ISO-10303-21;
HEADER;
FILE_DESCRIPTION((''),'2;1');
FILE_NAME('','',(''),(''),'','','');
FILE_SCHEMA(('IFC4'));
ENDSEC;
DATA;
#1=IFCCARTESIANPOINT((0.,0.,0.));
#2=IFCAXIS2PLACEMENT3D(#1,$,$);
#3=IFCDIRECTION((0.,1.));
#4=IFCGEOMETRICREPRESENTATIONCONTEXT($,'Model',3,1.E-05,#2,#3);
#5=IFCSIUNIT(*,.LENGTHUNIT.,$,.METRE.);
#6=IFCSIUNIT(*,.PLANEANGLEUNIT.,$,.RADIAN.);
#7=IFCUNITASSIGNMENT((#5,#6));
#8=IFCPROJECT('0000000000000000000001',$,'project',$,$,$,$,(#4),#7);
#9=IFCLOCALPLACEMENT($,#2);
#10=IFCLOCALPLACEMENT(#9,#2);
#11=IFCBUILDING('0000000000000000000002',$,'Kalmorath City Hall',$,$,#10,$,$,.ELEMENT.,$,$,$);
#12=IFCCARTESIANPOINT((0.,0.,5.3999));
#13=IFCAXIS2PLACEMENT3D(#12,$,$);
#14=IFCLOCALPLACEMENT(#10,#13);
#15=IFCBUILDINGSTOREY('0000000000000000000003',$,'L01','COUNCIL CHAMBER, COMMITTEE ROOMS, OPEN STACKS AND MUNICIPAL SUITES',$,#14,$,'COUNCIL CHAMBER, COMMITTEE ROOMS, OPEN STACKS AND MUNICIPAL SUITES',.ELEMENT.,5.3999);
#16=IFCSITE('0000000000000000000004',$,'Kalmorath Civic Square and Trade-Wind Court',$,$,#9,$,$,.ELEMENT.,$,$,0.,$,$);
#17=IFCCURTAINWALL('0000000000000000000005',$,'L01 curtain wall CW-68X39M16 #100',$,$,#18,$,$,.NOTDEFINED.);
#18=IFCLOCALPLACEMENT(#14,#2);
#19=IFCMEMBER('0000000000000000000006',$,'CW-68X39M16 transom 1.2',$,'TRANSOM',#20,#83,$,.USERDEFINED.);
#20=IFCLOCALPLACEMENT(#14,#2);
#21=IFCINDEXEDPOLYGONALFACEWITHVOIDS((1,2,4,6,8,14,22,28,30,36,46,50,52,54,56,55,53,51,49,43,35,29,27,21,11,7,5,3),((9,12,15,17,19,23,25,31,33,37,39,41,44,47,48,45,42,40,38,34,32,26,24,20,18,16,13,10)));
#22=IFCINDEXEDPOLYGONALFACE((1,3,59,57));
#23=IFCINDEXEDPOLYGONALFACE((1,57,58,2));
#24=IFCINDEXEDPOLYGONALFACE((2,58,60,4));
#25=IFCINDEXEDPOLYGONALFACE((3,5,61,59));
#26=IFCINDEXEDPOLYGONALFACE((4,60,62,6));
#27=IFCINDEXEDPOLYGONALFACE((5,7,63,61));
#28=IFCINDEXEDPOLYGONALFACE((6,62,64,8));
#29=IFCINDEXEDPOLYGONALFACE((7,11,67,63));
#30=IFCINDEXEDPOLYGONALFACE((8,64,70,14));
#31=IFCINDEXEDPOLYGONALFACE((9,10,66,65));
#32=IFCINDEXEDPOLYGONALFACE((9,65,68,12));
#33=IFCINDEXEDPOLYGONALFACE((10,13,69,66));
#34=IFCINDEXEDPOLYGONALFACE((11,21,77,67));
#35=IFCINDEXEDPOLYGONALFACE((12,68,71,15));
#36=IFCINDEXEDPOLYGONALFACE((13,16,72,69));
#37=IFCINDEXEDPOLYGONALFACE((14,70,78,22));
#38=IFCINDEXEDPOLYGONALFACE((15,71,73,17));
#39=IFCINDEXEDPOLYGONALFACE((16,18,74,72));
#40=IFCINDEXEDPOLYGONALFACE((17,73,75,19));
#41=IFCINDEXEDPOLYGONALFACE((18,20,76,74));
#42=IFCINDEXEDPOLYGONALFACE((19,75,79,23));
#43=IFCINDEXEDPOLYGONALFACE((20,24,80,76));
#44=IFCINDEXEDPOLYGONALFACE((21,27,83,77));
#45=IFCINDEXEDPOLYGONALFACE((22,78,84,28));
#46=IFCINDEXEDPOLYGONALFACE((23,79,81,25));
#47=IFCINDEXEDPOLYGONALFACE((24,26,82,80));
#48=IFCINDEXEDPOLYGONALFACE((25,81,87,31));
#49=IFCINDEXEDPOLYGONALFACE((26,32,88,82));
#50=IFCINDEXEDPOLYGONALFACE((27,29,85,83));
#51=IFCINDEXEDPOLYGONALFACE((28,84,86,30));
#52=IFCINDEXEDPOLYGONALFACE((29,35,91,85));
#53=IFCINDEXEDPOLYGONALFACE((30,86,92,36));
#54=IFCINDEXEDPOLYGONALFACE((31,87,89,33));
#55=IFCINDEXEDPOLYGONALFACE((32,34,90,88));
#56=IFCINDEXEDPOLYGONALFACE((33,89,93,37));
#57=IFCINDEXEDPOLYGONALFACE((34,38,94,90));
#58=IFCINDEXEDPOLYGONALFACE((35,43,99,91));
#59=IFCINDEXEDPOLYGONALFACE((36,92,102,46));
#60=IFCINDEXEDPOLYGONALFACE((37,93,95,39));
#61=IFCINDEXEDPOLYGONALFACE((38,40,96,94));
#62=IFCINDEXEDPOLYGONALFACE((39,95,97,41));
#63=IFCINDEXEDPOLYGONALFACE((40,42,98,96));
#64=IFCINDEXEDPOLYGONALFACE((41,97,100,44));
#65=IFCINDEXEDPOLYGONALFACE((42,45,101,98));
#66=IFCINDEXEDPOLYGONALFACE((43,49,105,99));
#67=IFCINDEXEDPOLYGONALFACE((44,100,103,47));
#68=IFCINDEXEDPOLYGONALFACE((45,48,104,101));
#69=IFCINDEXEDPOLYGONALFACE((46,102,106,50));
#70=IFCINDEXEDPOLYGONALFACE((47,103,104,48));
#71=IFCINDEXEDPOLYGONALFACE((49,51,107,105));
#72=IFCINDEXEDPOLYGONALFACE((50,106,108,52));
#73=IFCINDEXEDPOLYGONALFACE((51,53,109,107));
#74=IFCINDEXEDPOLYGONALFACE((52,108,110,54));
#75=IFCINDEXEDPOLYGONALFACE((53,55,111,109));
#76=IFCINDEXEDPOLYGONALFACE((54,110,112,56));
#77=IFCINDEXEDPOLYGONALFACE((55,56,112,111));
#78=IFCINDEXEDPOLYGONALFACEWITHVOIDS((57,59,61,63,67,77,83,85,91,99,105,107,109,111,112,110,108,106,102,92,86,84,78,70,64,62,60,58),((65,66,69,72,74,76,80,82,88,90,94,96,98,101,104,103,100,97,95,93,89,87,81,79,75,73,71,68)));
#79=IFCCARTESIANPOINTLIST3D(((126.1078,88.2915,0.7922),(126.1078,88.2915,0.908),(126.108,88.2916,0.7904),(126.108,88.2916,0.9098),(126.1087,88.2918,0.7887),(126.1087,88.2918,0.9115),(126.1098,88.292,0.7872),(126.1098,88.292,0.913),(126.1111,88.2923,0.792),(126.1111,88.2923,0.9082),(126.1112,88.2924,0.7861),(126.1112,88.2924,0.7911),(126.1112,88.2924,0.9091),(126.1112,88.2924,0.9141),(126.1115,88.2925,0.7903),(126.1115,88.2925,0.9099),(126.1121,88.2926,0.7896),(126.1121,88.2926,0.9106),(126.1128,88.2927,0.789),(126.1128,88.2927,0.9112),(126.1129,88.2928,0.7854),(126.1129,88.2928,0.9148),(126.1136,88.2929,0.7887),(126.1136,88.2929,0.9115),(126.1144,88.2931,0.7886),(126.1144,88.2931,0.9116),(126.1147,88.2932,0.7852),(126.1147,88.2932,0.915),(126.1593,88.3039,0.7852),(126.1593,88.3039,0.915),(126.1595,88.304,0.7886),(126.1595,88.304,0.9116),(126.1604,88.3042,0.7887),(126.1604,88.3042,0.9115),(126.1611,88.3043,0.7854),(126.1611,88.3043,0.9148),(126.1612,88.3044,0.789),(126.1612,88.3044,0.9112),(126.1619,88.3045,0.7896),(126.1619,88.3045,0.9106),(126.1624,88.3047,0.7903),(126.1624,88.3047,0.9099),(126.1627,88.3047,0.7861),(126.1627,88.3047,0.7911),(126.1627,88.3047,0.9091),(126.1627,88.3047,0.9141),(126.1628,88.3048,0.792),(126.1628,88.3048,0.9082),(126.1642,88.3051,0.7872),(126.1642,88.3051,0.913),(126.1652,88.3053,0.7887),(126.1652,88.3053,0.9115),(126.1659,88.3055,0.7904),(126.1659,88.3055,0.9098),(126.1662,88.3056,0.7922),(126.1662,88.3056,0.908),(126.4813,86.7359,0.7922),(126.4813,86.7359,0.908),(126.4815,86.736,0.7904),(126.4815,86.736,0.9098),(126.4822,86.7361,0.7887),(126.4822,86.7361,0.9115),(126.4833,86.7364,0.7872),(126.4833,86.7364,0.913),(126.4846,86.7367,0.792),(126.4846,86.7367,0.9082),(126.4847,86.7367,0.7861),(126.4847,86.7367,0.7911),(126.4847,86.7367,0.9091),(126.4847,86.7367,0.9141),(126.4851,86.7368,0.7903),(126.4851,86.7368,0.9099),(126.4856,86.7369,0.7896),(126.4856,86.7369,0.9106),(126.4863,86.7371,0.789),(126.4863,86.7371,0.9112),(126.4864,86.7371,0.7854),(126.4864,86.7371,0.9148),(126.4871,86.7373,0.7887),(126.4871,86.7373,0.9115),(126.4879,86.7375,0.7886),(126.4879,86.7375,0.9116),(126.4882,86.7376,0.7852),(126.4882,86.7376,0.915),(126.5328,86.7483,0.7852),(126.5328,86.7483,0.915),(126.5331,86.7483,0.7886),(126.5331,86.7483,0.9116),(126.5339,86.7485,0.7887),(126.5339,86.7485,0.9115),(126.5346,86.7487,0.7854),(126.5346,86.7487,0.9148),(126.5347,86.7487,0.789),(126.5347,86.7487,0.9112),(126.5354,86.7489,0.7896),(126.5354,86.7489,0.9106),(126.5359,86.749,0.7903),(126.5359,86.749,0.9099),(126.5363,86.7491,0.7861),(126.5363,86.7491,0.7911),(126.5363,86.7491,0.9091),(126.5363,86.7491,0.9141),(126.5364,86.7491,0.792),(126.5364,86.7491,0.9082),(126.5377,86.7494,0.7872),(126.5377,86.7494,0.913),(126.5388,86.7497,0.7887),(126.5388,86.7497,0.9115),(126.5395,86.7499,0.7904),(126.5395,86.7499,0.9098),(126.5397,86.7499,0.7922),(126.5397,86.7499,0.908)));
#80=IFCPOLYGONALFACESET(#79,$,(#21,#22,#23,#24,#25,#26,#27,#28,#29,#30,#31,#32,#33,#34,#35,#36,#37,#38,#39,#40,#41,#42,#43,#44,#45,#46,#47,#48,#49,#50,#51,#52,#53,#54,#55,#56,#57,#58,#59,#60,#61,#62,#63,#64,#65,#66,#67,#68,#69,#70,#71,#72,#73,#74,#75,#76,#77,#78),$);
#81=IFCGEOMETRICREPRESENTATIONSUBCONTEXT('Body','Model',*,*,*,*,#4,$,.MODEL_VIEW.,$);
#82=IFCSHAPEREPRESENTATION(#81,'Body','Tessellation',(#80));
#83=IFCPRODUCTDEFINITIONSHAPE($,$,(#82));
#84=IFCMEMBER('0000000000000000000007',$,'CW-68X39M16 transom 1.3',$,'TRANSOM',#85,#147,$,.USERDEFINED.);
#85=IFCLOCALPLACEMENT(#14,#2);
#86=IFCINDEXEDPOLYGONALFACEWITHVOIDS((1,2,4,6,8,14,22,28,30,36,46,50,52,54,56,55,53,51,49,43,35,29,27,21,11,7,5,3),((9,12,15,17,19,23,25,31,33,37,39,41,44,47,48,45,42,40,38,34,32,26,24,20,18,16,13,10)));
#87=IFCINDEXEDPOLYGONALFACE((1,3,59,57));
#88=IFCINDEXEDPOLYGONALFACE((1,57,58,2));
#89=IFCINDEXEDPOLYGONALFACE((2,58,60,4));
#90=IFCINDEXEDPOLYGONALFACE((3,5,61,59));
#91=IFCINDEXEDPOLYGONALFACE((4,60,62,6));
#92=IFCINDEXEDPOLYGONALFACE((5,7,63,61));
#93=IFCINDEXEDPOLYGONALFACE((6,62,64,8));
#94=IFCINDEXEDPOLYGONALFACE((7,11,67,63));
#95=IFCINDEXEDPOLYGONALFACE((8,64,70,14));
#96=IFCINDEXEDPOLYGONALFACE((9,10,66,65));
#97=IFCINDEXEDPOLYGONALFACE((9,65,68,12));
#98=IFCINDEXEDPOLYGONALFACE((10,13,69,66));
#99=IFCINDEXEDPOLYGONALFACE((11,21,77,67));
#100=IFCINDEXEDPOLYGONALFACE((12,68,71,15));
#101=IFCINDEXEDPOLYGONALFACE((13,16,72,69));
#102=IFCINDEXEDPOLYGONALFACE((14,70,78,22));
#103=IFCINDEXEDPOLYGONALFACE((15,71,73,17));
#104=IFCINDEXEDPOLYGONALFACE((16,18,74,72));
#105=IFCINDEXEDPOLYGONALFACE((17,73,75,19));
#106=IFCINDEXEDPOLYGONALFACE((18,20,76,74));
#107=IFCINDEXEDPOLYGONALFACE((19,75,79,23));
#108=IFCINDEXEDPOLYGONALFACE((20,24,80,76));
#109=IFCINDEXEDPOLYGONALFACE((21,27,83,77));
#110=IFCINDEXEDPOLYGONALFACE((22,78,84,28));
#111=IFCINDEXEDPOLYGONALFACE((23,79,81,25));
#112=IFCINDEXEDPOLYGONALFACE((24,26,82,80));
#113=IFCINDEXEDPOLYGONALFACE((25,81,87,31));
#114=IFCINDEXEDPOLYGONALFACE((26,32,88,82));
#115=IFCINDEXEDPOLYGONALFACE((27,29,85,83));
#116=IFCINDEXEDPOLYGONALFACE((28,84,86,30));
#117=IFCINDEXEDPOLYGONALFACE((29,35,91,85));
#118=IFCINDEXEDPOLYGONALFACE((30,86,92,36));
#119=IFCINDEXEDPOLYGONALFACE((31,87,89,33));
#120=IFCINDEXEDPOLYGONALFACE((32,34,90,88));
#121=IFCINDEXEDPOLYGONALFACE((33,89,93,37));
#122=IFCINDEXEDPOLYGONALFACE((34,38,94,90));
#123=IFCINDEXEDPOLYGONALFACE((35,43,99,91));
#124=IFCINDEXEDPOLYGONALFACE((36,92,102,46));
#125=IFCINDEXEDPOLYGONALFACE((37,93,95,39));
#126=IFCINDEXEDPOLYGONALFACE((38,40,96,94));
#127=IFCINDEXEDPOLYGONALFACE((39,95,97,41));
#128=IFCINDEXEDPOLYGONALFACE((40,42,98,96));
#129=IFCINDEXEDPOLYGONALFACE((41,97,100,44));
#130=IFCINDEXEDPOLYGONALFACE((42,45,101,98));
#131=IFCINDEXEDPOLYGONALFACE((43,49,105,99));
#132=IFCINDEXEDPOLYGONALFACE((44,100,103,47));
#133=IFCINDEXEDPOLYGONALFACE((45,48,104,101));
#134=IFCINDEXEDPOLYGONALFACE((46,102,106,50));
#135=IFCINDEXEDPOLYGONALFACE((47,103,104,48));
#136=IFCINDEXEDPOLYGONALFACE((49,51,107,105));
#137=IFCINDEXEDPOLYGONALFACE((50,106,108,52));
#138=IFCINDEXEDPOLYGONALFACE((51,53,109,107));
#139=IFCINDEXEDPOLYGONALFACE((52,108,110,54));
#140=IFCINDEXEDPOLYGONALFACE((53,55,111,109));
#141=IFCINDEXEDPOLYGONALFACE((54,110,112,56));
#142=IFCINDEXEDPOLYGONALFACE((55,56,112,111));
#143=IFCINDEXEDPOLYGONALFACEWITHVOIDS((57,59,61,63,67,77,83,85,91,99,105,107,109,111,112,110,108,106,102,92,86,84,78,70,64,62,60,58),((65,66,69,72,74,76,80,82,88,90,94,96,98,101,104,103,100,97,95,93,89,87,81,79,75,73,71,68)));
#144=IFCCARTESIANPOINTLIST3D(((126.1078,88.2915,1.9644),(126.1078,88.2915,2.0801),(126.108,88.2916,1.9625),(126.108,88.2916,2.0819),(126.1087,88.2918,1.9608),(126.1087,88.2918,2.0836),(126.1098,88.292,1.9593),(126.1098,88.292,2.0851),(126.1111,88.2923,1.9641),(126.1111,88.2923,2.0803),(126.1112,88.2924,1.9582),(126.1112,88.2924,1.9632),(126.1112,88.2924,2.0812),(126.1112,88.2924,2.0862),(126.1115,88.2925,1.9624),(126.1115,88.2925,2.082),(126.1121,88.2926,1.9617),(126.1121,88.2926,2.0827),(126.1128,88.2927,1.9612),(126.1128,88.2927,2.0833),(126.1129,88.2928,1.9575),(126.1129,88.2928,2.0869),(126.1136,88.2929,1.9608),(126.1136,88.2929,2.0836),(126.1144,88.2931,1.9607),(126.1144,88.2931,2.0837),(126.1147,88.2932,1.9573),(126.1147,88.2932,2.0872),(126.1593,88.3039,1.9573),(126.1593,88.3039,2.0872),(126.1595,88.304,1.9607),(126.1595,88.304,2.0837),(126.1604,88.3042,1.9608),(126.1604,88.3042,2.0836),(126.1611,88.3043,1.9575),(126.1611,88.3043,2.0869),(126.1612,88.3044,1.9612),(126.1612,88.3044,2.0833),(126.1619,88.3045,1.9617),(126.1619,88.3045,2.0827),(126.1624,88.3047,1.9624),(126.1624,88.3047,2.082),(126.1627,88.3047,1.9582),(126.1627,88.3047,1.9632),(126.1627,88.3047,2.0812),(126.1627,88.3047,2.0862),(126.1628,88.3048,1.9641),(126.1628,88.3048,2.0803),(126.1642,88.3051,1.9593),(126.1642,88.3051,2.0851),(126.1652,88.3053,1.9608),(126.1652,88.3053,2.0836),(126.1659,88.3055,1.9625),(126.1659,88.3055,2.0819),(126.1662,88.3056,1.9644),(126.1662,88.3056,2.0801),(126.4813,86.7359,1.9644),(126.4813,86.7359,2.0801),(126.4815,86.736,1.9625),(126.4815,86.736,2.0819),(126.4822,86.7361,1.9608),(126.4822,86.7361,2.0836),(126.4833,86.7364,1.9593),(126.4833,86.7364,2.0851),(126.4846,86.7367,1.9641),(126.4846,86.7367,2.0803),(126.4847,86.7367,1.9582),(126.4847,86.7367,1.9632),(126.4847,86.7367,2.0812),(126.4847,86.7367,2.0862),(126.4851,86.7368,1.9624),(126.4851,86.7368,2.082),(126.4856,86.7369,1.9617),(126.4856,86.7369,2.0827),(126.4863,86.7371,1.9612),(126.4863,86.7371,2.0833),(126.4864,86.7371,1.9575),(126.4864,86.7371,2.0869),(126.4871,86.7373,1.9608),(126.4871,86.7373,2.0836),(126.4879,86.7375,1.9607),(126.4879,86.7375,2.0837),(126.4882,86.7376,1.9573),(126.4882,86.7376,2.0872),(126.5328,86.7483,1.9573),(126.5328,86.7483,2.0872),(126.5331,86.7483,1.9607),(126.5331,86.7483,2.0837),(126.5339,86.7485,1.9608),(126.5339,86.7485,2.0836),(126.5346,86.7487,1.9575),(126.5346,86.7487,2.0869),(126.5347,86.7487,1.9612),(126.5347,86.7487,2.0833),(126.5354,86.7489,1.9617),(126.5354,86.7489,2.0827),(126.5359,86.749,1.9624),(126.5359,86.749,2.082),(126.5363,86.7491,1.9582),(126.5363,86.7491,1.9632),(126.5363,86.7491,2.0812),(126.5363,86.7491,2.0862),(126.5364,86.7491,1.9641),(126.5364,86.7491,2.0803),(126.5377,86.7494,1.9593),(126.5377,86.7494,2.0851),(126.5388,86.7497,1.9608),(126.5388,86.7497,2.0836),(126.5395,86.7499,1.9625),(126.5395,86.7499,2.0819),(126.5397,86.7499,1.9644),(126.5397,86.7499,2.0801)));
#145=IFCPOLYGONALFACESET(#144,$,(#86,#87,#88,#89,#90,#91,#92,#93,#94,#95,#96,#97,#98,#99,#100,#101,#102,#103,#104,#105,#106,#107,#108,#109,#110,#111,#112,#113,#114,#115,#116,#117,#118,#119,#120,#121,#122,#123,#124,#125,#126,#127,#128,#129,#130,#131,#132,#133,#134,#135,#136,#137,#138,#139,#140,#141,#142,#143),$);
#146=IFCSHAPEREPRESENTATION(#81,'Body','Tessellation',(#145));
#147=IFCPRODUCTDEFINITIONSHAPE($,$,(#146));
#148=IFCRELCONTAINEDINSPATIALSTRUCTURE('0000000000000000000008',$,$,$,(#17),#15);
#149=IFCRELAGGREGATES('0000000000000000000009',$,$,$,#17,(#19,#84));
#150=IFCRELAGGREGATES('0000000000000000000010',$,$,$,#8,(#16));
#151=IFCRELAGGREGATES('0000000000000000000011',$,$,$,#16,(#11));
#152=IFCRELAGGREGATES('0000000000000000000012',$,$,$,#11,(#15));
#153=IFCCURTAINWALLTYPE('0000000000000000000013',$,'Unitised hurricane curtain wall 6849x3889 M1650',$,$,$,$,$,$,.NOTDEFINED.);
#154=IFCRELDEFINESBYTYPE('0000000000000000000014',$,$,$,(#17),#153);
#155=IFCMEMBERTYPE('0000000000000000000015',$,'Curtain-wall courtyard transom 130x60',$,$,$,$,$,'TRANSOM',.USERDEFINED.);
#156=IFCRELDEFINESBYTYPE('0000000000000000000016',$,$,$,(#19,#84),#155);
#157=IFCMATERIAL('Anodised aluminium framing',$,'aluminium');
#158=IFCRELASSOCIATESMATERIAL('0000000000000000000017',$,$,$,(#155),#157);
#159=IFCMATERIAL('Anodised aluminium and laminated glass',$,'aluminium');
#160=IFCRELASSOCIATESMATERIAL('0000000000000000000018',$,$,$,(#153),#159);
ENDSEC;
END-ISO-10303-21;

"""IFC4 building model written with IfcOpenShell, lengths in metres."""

from ifc_helpers import new_model, si_unit, direction, frame, origin, origin_2d, place, context, subcontext, project, spatial, hollow_rectangle, extrude, material, material_profile, profile_set, type_object, element, aggregate, save


model = new_model("IFC4")

# Units and contexts
model_context = context("Model", 3, precision=1e-05, world=origin(), true_north=direction((0.0, 1.0)))
body_context = subcontext(model_context, "Body", "Model", "MODEL_VIEW")
ifc_project = project(units=[si_unit("LENGTHUNIT", "METRE"), si_unit("PLANEANGLEUNIT", "RADIAN")], contexts=[model_context])

# Site, building, storey
site_placement = place(None, origin())
site = spatial("IfcSite", under=ifc_project, at=site_placement, Name="Kalmorath Civic Square and Trade-Wind Court", CompositionType="ELEMENT", RefElevation=0.0)
building_placement = place(site_placement, origin())
building = spatial("IfcBuilding", under=site, at=building_placement, Name="Kalmorath City Hall", CompositionType="ELEMENT")
storey_placement = place(building_placement, frame((0.0, 0.0, 5.3999)))
storey = spatial("IfcBuildingStorey", under=building, at=storey_placement, Name="L01", Description="COUNCIL CHAMBER, COMMITTEE ROOMS, OPEN STACKS AND MUNICIPAL SUITES", LongName="COUNCIL CHAMBER, COMMITTEE ROOMS, OPEN STACKS AND MUNICIPAL SUITES", CompositionType="ELEMENT", Elevation=5.3999)

# Curtain wall, members
ifc_material_1 = material(Name="Anodised aluminium framing", Category="aluminium")
ifc_material_profile_1 = material_profile(ifc_material_1, hollow_rectangle(XDim=0.0601, YDim=0.1299, WallThickness=0.0034, InnerFilletRadius=0.0034, OuterFilletRadius=0.0071, at=origin_2d()), Name="ALU-TRN-130X60X3.5")
ifc_profile_set_1 = profile_set([ifc_material_profile_1], Name="Anodised aluminium framing")
member_type_1 = type_object("IfcMemberType", Name="Curtain-wall courtyard transom 130x60", ElementType="TRANSOM", PredefinedType="USERDEFINED", material=ifc_profile_set_1)
ifc_material_2 = material(Name="Anodised aluminium and laminated glass", Category="aluminium")
curtain_wall_type_1 = type_object("IfcCurtainWallType", Name="Unitised hurricane curtain wall 6849x3889 M1650", PredefinedType="NOTDEFINED", material=ifc_material_2)
curtain_wall_1_placement = place(storey_placement, origin())
curtain_wall_1 = element("IfcCurtainWall", 1, at=curtain_wall_1_placement, inside=storey, type_object=curtain_wall_type_1, Name="L01 curtain wall CW-68X39M16 #100", PredefinedType="NOTDEFINED")
member_1_placement = place(storey_placement, frame((126.5105, 86.7429, 0.8501), z_axis=(-0.233477, 0.972362, 0.0), x_axis=(-0.972362, -0.233477, 0.0)))
member_1 = element("IfcMember", 2, at=member_1_placement, type_object=member_type_1, Name="CW-68X39M16 transom 1.2", ObjectType="TRANSOM", PredefinedType="USERDEFINED", context=body_context, shape_type="SweptSolid", body=[
    extrude(hollow_rectangle(XDim=0.0601, YDim=0.1299, WallThickness=0.0034, InnerFilletRadius=0.0034, OuterFilletRadius=0.0071, at=origin_2d()), origin(), (0.0, 0.0, 1.0), 1.5999),
])
member_2_placement = place(storey_placement, frame((126.5105, 86.7429, 2.0222), z_axis=(-0.233477, 0.972362, 0.0), x_axis=(-0.972362, -0.233477, 0.0)))
member_2 = element("IfcMember", 3, at=member_2_placement, type_object=member_type_1, Name="CW-68X39M16 transom 1.3", ObjectType="TRANSOM", PredefinedType="USERDEFINED", context=body_context, shape_type="SweptSolid", body=[
    extrude(hollow_rectangle(XDim=0.0601, YDim=0.1299, WallThickness=0.0034, InnerFilletRadius=0.0034, OuterFilletRadius=0.0071, at=origin_2d()), origin(), (0.0, 0.0, 1.0), 1.5999),
])

aggregate(curtain_wall_1, [member_1, member_2])

save(model, "model.ifc")
